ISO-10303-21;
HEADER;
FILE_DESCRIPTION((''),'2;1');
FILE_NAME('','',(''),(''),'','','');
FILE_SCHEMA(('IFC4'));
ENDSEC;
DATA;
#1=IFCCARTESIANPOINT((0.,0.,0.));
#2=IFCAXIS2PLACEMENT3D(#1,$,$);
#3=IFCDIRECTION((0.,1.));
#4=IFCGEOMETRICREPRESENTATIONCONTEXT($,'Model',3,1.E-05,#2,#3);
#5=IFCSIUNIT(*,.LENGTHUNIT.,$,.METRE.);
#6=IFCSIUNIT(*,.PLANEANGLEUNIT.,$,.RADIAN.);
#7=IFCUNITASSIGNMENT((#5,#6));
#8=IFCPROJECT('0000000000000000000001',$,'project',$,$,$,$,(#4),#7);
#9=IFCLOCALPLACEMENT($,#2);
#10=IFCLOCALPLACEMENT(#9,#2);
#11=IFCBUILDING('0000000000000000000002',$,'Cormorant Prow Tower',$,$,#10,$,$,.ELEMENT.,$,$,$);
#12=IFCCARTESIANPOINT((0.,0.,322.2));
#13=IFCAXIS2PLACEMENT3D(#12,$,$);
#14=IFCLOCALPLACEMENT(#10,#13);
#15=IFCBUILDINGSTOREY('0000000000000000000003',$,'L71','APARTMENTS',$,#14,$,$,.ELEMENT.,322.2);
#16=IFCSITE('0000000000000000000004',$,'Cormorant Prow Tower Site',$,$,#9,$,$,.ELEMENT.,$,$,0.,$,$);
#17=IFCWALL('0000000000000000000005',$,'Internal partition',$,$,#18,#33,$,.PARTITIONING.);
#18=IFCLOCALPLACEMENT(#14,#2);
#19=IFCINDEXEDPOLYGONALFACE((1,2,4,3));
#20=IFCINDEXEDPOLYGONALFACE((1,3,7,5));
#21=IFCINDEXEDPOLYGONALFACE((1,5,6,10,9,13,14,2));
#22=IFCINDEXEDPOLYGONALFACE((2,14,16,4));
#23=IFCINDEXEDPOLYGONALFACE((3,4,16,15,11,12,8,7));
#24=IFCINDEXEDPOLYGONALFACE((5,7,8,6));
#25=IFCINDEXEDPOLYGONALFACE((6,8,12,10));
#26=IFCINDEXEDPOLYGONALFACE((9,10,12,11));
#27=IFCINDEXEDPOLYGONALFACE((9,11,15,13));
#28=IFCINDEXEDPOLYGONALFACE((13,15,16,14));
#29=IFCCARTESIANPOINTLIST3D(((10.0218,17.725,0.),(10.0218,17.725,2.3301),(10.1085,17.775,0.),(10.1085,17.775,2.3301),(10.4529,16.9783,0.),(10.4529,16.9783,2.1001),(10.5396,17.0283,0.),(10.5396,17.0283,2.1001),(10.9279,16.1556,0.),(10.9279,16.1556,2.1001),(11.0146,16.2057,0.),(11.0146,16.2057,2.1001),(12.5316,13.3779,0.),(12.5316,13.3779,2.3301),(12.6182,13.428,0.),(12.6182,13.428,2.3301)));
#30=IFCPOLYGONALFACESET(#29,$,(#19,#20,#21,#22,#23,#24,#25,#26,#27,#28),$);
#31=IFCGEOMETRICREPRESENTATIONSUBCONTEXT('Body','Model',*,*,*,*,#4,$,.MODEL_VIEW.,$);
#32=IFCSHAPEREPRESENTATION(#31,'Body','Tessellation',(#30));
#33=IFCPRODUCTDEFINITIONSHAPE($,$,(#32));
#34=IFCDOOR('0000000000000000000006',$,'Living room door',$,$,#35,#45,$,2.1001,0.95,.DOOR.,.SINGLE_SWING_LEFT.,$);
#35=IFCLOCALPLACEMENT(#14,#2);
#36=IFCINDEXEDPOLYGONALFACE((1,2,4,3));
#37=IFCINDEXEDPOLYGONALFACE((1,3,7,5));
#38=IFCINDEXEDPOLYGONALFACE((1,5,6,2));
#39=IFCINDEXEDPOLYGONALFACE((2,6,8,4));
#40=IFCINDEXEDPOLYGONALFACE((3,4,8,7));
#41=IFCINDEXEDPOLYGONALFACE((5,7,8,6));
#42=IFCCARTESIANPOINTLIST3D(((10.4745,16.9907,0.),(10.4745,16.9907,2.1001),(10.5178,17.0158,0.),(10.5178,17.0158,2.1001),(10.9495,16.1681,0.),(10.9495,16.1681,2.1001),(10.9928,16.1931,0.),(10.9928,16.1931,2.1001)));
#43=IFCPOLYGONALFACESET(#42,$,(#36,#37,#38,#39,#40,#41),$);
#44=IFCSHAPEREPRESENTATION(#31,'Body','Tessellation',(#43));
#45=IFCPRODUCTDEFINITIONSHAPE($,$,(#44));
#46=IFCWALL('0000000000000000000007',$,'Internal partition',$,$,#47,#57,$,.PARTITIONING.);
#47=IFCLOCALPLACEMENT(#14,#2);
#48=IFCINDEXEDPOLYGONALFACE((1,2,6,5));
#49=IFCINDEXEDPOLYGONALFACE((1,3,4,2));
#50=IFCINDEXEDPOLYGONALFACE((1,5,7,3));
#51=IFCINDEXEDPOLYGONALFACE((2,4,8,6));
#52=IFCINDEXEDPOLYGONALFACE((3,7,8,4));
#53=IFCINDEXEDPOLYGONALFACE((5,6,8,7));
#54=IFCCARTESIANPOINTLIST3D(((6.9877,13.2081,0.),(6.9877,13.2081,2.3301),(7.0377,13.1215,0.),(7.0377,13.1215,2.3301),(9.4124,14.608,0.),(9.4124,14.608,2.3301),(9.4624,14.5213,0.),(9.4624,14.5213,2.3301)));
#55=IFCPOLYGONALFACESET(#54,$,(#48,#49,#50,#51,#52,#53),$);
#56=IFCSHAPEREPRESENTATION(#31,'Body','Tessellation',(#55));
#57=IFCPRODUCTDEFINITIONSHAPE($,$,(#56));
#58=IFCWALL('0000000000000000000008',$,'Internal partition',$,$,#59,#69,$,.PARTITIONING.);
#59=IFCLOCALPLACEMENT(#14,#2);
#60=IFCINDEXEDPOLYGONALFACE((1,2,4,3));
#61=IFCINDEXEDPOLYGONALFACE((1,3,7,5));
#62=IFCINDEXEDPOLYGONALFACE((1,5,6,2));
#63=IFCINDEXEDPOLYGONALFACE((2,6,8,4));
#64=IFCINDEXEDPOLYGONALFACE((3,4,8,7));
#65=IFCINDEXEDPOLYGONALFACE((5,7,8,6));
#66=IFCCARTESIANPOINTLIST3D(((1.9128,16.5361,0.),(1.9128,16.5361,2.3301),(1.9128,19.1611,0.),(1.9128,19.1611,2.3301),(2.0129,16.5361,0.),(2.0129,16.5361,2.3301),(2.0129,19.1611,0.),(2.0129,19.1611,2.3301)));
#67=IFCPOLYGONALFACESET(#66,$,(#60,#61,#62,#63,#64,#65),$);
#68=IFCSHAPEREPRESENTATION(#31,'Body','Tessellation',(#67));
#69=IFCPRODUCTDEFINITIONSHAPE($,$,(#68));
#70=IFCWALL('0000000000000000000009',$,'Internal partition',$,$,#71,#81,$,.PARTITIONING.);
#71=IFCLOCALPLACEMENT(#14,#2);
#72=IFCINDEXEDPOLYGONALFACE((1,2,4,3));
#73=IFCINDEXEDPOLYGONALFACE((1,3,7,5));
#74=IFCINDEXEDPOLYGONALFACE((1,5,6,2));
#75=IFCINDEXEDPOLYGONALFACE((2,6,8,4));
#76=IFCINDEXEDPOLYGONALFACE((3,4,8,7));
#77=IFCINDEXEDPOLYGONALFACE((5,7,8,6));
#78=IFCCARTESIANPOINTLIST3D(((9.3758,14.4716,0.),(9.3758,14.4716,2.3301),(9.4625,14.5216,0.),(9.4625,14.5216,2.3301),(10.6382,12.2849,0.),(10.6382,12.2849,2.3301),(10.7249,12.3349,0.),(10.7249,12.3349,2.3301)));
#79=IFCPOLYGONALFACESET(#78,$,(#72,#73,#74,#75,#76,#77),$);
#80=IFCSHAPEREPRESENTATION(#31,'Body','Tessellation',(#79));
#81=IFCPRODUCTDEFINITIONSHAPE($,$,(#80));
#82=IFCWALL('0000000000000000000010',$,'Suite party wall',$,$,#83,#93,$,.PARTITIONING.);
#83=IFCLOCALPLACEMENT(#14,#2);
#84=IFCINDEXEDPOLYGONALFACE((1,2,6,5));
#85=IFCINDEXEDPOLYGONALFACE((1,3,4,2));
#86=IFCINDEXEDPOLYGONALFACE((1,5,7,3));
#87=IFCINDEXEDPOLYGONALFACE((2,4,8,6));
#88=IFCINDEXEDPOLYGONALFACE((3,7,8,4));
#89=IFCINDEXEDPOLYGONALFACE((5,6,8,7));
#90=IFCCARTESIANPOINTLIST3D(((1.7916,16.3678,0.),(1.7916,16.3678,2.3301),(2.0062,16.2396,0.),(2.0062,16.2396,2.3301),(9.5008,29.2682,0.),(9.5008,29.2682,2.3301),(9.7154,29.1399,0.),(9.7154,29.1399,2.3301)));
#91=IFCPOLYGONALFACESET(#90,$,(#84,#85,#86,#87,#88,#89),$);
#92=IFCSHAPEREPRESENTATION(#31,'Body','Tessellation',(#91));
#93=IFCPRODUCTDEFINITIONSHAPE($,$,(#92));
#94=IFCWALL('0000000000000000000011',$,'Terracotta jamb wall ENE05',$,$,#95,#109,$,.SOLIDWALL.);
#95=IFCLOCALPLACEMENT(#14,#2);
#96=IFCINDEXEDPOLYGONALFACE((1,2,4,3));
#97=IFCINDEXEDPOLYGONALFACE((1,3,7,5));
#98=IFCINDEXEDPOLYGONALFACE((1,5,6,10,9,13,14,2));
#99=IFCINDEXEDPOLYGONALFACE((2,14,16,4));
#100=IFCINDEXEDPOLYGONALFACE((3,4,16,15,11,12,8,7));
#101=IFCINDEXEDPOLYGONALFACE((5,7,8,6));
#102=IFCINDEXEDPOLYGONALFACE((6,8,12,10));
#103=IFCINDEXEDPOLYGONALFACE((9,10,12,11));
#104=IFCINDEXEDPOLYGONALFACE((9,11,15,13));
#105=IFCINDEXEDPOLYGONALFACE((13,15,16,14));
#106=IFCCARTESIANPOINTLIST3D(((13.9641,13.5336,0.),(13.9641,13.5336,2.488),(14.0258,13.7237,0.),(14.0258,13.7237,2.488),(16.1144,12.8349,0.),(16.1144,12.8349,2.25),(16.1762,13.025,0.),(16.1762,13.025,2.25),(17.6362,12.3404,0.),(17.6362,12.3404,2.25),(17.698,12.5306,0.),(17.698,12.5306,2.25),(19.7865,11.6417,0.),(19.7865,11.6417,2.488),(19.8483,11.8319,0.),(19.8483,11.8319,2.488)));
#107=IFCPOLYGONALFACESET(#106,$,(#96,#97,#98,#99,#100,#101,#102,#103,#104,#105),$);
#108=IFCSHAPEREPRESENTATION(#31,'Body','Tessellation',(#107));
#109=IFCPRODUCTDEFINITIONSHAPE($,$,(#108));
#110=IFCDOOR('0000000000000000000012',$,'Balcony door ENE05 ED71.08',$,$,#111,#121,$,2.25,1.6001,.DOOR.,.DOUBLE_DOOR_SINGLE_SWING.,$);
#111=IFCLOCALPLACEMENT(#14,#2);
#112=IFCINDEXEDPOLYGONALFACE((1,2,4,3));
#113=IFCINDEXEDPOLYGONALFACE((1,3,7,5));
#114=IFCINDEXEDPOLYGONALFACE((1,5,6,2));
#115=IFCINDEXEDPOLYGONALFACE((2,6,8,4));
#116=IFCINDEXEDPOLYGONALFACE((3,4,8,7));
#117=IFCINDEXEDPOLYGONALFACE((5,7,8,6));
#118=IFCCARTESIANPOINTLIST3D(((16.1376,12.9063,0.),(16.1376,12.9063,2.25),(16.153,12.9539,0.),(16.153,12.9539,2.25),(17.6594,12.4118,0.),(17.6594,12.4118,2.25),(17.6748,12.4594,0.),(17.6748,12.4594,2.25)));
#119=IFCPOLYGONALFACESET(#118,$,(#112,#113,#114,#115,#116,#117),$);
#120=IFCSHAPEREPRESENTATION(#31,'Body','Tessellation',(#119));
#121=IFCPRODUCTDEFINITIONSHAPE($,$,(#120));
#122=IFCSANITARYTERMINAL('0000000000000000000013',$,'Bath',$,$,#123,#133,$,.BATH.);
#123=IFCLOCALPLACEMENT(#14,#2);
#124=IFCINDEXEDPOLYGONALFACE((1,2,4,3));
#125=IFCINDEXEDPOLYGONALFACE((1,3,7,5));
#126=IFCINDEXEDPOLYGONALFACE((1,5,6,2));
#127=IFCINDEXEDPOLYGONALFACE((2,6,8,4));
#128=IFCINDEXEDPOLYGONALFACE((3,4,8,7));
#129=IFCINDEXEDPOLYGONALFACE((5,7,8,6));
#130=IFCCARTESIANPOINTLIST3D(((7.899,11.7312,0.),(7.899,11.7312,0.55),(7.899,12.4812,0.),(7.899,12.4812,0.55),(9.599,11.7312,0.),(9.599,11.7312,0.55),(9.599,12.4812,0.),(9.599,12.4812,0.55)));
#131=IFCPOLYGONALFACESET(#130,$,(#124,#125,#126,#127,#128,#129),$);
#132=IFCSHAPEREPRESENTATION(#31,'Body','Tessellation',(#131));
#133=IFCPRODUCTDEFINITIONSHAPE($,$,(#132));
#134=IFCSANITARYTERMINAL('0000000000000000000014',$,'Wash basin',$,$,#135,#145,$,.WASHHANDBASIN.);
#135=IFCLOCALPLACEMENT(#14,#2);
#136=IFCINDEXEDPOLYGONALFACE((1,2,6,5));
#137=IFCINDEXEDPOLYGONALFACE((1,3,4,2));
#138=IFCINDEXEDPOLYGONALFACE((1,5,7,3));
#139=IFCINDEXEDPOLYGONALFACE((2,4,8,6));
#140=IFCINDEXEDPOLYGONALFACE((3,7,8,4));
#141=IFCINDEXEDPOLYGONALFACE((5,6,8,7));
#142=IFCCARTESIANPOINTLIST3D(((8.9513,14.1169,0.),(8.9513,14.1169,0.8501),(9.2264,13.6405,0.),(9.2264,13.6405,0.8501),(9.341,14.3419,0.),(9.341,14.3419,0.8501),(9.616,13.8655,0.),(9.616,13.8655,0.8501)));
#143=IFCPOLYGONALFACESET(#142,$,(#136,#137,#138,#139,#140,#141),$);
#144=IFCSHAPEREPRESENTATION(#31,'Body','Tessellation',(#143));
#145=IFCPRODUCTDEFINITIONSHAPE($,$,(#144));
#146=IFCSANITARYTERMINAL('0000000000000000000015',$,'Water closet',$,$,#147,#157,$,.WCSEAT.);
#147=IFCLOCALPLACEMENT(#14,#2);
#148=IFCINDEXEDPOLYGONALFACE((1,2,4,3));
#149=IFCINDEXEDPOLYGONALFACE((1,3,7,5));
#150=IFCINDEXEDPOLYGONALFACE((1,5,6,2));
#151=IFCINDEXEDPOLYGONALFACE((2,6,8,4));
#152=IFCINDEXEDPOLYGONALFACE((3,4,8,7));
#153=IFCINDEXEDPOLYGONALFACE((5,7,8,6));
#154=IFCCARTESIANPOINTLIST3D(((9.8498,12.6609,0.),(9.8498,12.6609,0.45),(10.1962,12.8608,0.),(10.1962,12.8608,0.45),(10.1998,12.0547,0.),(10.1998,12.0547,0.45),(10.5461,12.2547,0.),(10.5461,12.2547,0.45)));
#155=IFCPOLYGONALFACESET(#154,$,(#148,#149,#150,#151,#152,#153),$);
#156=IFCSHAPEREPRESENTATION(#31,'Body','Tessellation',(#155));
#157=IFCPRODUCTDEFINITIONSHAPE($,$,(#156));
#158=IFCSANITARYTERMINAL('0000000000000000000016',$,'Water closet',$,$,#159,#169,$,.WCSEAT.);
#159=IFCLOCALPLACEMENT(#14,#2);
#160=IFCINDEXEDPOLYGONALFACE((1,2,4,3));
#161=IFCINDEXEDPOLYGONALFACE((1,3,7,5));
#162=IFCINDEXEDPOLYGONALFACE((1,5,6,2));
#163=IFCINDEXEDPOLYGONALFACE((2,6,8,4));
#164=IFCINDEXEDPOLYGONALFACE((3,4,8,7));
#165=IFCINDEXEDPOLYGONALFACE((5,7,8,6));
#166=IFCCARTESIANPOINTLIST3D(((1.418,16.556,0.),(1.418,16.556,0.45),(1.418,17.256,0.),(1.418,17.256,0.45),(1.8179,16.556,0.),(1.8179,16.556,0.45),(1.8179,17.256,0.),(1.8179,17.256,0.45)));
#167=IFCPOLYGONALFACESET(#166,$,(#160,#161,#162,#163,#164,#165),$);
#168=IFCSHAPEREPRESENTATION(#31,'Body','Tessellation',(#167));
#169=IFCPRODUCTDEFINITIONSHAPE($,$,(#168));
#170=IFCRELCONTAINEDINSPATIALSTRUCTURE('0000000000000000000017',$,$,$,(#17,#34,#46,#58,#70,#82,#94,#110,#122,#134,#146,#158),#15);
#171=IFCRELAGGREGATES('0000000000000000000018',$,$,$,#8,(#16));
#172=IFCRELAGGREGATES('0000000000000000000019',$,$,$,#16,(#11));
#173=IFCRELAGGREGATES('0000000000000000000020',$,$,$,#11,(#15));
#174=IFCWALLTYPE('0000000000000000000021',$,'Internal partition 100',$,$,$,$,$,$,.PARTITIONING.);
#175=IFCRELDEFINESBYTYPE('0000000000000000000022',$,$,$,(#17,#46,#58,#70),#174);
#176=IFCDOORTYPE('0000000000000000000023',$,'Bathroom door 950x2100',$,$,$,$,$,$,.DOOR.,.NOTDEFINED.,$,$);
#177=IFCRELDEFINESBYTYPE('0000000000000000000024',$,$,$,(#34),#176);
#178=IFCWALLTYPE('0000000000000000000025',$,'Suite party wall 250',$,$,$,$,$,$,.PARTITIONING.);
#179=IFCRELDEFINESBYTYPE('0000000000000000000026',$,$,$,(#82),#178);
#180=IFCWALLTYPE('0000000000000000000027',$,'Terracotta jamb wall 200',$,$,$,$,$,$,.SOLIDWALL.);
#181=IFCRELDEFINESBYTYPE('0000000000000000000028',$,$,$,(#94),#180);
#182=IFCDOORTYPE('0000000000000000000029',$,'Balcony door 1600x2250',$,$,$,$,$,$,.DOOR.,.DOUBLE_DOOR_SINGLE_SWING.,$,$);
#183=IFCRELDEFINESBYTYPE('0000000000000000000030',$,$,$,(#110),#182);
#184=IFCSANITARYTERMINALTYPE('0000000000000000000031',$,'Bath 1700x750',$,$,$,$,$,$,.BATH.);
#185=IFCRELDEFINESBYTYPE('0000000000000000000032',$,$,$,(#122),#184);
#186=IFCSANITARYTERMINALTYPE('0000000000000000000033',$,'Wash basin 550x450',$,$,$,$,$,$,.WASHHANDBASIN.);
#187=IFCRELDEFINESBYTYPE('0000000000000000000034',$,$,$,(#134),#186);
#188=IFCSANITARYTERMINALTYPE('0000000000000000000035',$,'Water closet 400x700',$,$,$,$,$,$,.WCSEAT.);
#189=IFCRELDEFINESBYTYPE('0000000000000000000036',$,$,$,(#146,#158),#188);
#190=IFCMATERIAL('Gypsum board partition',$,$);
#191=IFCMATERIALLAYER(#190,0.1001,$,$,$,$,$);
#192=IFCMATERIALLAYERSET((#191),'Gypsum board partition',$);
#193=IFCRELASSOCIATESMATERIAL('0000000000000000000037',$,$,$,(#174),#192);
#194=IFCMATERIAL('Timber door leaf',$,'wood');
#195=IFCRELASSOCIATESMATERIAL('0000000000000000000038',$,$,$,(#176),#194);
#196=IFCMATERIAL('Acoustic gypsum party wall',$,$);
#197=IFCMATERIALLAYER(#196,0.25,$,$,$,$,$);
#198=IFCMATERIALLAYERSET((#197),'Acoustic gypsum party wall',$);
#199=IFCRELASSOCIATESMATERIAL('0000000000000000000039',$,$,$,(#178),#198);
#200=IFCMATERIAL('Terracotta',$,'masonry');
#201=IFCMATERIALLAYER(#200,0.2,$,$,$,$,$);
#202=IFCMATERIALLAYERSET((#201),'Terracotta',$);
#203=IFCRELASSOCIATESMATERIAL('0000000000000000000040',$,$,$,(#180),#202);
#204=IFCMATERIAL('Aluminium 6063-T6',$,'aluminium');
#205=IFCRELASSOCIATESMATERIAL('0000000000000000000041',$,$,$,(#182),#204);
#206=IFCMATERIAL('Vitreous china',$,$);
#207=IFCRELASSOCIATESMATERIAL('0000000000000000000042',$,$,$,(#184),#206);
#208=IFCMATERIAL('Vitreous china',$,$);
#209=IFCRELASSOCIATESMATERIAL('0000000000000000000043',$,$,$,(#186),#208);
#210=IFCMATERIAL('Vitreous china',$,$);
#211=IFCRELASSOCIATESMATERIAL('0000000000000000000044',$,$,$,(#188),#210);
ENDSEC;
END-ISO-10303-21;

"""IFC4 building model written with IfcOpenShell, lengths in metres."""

from ifc_helpers import new_model, si_unit, direction, frame, frame_2d, origin, origin_2d, place, context, subcontext, project, spatial, rectangle, extrude, material, layer, layer_set, type_object, element, fill, save


model = new_model("IFC4")

# Units and contexts
model_context = context("Model", 3, precision=1e-05, world=origin(), true_north=direction((0.0, 1.0)))
body_context = subcontext(model_context, "Body", "Model", "MODEL_VIEW")
ifc_project = project(units=[si_unit("LENGTHUNIT", "METRE"), si_unit("PLANEANGLEUNIT", "RADIAN")], contexts=[model_context])

# Site, building, storey
site_placement = place(None, origin())
site = spatial("IfcSite", under=ifc_project, at=site_placement, Name="Cormorant Prow Tower Site", CompositionType="ELEMENT", RefElevation=0.0)
building_placement = place(site_placement, origin())
building = spatial("IfcBuilding", under=site, at=building_placement, Name="Cormorant Prow Tower", CompositionType="ELEMENT")
storey_placement = place(building_placement, frame((0.0, 0.0, 322.2)))
storey = spatial("IfcBuildingStorey", under=building, at=storey_placement, Name="L71", Description="APARTMENTS", CompositionType="ELEMENT", Elevation=322.2)

# Shared definitions
ifc_material_1 = material(Name="Gypsum board partition")
ifc_layer_1 = layer(ifc_material_1, 0.1001)
ifc_layer_set_1 = layer_set([ifc_layer_1], Name="Gypsum board partition")
wall_type_1 = type_object("IfcWallType", Name="Internal partition 100", PredefinedType="PARTITIONING", material=ifc_layer_set_1)
ifc_material_2 = material(Name="Timber door leaf", Category="wood")
door_type_1 = type_object("IfcDoorType", Name="Bathroom door 950x2100", OperationType="NOTDEFINED", PredefinedType="DOOR", material=ifc_material_2)

# Wall, opening, door
wall_1_placement = place(storey_placement, frame((10.0652, 17.75, 0.0), z_axis=(0.0, 0.0, 1.0), x_axis=(0.499989, -0.866032, 0.0)))
wall_1 = element("IfcWall", 1, at=wall_1_placement, inside=storey, type_object=wall_type_1, Name="Internal partition", PredefinedType="PARTITIONING", context=body_context, shape_type="SweptSolid", body=[
    extrude(rectangle(XDim=5.0195, YDim=0.1001, at=frame_2d((2.5098, 0.0))), origin(), (0.0, 0.0, 1.0), 2.3301),
])
opening_1_placement = place(wall_1_placement, frame((0.8621, 0.0, 0.0)))
opening_1 = element("IfcOpeningElement", 2, at=opening_1_placement, cuts=wall_1, PredefinedType="OPENING", context=body_context, shape_type="SweptSolid", body=[
    extrude(rectangle(XDim=0.95, YDim=2.1001, at=frame_2d((0.4751, 1.05))), frame((0.0, 0.0601, 0.0), z_axis=(0.0, -1.0, 0.0), x_axis=(1.0, 0.0, 0.0)), (0.0, 0.0, 1.0), 0.1201),
])
door_1_placement = place(opening_1_placement, origin())
door_1 = element("IfcDoor", 3, at=door_1_placement, inside=storey, type_object=door_type_1, Name="Living room door", OperationType="SINGLE_SWING_LEFT", OverallHeight=2.1001, OverallWidth=0.95, PredefinedType="DOOR", context=body_context, shape_type="SweptSolid", body=[
    extrude(rectangle(XDim=0.95, YDim=2.1001, at=frame_2d((0.4751, 1.05))), frame((0.0, 0.0249, 0.0), z_axis=(0.0, -1.0, 0.0), x_axis=(1.0, 0.0, 0.0)), (0.0, 0.0, 1.0), 0.05),
])
fill(opening_1, door_1)

# Walls
wall_2_placement = place(storey_placement, frame((7.0127, 13.1648, 0.0), z_axis=(0.0, 0.0, 1.0), x_axis=(0.866035, 0.499984, 0.0)))
element("IfcWall", 4, at=wall_2_placement, inside=storey, type_object=wall_type_1, Name="Internal partition", PredefinedType="PARTITIONING", context=body_context, shape_type="SweptSolid", body=[
    extrude(rectangle(XDim=2.7998, YDim=0.1001, at=frame_2d((1.3999, 0.0))), origin(), (0.0, 0.0, 1.0), 2.3301),
])
wall_3_placement = place(storey_placement, frame((1.9629, 16.5361, 0.0), z_axis=(0.0, 0.0, 1.0), x_axis=(0.0, 1.0, 0.0)))
element("IfcWall", 5, at=wall_3_placement, inside=storey, type_object=wall_type_1, Name="Internal partition", PredefinedType="PARTITIONING", context=body_context, shape_type="SweptSolid", body=[
    extrude(rectangle(XDim=2.625, YDim=0.1001, at=frame_2d((1.3125, 0.0))), origin(), (0.0, 0.0, 1.0), 2.3301),
])
wall_4_placement = place(storey_placement, frame((9.4192, 14.4966, 0.0), z_axis=(0.0, 0.0, 1.0), x_axis=(0.499976, -0.866039, 0.0)))
element("IfcWall", 6, at=wall_4_placement, inside=storey, type_object=wall_type_1, Name="Internal partition", PredefinedType="PARTITIONING", context=body_context, shape_type="SweptSolid", body=[
    extrude(rectangle(XDim=2.5249, YDim=0.1001, at=frame_2d((1.2625, 0.0))), origin(), (0.0, 0.0, 1.0), 2.3301),
])
ifc_material_3 = material(Name="Acoustic gypsum party wall")
ifc_layer_2 = layer(ifc_material_3, 0.25)
ifc_layer_set_2 = layer_set([ifc_layer_2], Name="Acoustic gypsum party wall")
wall_type_2 = type_object("IfcWallType", Name="Suite party wall 250", PredefinedType="PARTITIONING", material=ifc_layer_set_2)
wall_5_placement = place(storey_placement, frame((1.8989, 16.3037, 0.0), z_axis=(0.0, 0.0, 1.0), x_axis=(0.512978, 0.858402, 0.0)))
element("IfcWall", 7, at=wall_5_placement, inside=storey, type_object=wall_type_2, Name="Suite party wall", PredefinedType="PARTITIONING", context=body_context, shape_type="SweptSolid", body=[
    extrude(rectangle(XDim=15.0283, YDim=0.25, at=frame_2d((7.5142, 0.0))), origin(), (0.0, 0.0, 1.0), 2.3301),
])

# Wall, opening, door
ifc_material_4 = material(Name="Terracotta", Category="masonry")
ifc_layer_3 = layer(ifc_material_4, 0.2)
ifc_layer_set_3 = layer_set([ifc_layer_3], Name="Terracotta")
wall_type_3 = type_object("IfcWallType", Name="Terracotta jamb wall 200", PredefinedType="SOLIDWALL", material=ifc_layer_set_3)
wall_6_placement = place(storey_placement, frame((19.8174, 11.7368, 0.0), z_axis=(0.0, 0.0, 1.0), x_axis=(-0.951057, 0.309017, 0.0)))
wall_6 = element("IfcWall", 8, at=wall_6_placement, inside=storey, type_object=wall_type_3, Name="Terracotta jamb wall ENE05", PredefinedType="SOLIDWALL", context=body_context, shape_type="SweptSolid", body=[
    extrude(rectangle(XDim=6.1221, YDim=0.2, at=frame_2d((3.061, 0.0))), origin(), (0.0, 0.0, 1.0), 2.488),
])
opening_2_placement = place(wall_6_placement, frame((2.261, 0.0, 0.0)))
opening_2 = element("IfcOpeningElement", 9, at=opening_2_placement, cuts=wall_6, PredefinedType="OPENING", context=body_context, shape_type="SweptSolid", body=[
    extrude(rectangle(XDim=1.6001, YDim=2.25, at=frame_2d((0.8, 1.125))), frame((0.0, 0.1099, 0.0), z_axis=(0.0, -1.0, 0.0), x_axis=(1.0, 0.0, 0.0)), (0.0, 0.0, 1.0), 0.22),
])
ifc_material_5 = material(Name="Aluminium 6063-T6", Category="aluminium")
door_type_2 = type_object("IfcDoorType", Name="Balcony door 1600x2250", OperationType="DOUBLE_DOOR_SINGLE_SWING", PredefinedType="DOOR", material=ifc_material_5)
door_2_placement = place(opening_2_placement, origin())
door_2 = element("IfcDoor", 10, at=door_2_placement, inside=storey, type_object=door_type_2, Name="Balcony door ENE05 ED71.08", OperationType="DOUBLE_DOOR_SINGLE_SWING", OverallHeight=2.25, OverallWidth=1.6001, PredefinedType="DOOR", context=body_context, shape_type="SweptSolid", body=[
    extrude(rectangle(XDim=1.6001, YDim=2.25, at=frame_2d((0.8, 1.125))), frame((0.0, 0.0249, 0.0), z_axis=(0.0, -1.0, 0.0), x_axis=(1.0, 0.0, 0.0)), (0.0, 0.0, 1.0), 0.05),
])
fill(opening_2, door_2)

# Sanitary terminals
ifc_material_6 = material(Name="Vitreous china")
sanitary_terminal_type_1 = type_object("IfcSanitaryTerminalType", Name="Bath 1700x750", PredefinedType="BATH", material=ifc_material_6)
sanitary_terminal_1_placement = place(storey_placement, frame((8.749, 12.1062, 0.0), z_axis=(0.0, 0.0, 1.0), x_axis=(1.0, 0.0, 0.0)))
element("IfcSanitaryTerminal", 11, at=sanitary_terminal_1_placement, inside=storey, type_object=sanitary_terminal_type_1, Name="Bath", PredefinedType="BATH", context=body_context, shape_type="SweptSolid", body=[
    extrude(rectangle(XDim=1.7, YDim=0.75, at=origin_2d()), origin(), (0.0, 0.0, 1.0), 0.55),
])
ifc_material_7 = material(Name="Vitreous china")
sanitary_terminal_type_2 = type_object("IfcSanitaryTerminalType", Name="Wash basin 550x450", PredefinedType="WASHHANDBASIN", material=ifc_material_7)
sanitary_terminal_2_placement = place(storey_placement, frame((9.2837, 13.9912, 0.0), z_axis=(0.0, 0.0, 1.0), x_axis=(0.5, -0.866025, 0.0)))
element("IfcSanitaryTerminal", 12, at=sanitary_terminal_2_placement, inside=storey, type_object=sanitary_terminal_type_2, Name="Wash basin", PredefinedType="WASHHANDBASIN", context=body_context, shape_type="SweptSolid", body=[
    extrude(rectangle(XDim=0.55, YDim=0.45, at=origin_2d()), origin(), (0.0, 0.0, 1.0), 0.8501),
])
ifc_material_8 = material(Name="Vitreous china")
sanitary_terminal_type_3 = type_object("IfcSanitaryTerminalType", Name="Water closet 400x700", PredefinedType="WCSEAT", material=ifc_material_8)
for number, where, z_axis, x_axis, name in (
    (13, (10.198, 12.4578, 0.0), (0.0, 0.0, 1.0), (-0.866025, -0.5, 0.0), "Water closet"),
    (14, (1.6179, 16.906, 0.0), (0.0, 0.0, 1.0), (-1.0, 0.0, 0.0), "Water closet"),
):
    element("IfcSanitaryTerminal", number, at=place(storey_placement, frame(where, z_axis=z_axis, x_axis=x_axis)), inside=storey, type_object=sanitary_terminal_type_3, Name=name, PredefinedType="WCSEAT", context=body_context, shape_type="SweptSolid", body=[
        extrude(rectangle(XDim=0.3999, YDim=0.7, at=origin_2d()), origin(), (0.0, 0.0, 1.0), 0.45),
    ])

save(model, "model.ifc")
